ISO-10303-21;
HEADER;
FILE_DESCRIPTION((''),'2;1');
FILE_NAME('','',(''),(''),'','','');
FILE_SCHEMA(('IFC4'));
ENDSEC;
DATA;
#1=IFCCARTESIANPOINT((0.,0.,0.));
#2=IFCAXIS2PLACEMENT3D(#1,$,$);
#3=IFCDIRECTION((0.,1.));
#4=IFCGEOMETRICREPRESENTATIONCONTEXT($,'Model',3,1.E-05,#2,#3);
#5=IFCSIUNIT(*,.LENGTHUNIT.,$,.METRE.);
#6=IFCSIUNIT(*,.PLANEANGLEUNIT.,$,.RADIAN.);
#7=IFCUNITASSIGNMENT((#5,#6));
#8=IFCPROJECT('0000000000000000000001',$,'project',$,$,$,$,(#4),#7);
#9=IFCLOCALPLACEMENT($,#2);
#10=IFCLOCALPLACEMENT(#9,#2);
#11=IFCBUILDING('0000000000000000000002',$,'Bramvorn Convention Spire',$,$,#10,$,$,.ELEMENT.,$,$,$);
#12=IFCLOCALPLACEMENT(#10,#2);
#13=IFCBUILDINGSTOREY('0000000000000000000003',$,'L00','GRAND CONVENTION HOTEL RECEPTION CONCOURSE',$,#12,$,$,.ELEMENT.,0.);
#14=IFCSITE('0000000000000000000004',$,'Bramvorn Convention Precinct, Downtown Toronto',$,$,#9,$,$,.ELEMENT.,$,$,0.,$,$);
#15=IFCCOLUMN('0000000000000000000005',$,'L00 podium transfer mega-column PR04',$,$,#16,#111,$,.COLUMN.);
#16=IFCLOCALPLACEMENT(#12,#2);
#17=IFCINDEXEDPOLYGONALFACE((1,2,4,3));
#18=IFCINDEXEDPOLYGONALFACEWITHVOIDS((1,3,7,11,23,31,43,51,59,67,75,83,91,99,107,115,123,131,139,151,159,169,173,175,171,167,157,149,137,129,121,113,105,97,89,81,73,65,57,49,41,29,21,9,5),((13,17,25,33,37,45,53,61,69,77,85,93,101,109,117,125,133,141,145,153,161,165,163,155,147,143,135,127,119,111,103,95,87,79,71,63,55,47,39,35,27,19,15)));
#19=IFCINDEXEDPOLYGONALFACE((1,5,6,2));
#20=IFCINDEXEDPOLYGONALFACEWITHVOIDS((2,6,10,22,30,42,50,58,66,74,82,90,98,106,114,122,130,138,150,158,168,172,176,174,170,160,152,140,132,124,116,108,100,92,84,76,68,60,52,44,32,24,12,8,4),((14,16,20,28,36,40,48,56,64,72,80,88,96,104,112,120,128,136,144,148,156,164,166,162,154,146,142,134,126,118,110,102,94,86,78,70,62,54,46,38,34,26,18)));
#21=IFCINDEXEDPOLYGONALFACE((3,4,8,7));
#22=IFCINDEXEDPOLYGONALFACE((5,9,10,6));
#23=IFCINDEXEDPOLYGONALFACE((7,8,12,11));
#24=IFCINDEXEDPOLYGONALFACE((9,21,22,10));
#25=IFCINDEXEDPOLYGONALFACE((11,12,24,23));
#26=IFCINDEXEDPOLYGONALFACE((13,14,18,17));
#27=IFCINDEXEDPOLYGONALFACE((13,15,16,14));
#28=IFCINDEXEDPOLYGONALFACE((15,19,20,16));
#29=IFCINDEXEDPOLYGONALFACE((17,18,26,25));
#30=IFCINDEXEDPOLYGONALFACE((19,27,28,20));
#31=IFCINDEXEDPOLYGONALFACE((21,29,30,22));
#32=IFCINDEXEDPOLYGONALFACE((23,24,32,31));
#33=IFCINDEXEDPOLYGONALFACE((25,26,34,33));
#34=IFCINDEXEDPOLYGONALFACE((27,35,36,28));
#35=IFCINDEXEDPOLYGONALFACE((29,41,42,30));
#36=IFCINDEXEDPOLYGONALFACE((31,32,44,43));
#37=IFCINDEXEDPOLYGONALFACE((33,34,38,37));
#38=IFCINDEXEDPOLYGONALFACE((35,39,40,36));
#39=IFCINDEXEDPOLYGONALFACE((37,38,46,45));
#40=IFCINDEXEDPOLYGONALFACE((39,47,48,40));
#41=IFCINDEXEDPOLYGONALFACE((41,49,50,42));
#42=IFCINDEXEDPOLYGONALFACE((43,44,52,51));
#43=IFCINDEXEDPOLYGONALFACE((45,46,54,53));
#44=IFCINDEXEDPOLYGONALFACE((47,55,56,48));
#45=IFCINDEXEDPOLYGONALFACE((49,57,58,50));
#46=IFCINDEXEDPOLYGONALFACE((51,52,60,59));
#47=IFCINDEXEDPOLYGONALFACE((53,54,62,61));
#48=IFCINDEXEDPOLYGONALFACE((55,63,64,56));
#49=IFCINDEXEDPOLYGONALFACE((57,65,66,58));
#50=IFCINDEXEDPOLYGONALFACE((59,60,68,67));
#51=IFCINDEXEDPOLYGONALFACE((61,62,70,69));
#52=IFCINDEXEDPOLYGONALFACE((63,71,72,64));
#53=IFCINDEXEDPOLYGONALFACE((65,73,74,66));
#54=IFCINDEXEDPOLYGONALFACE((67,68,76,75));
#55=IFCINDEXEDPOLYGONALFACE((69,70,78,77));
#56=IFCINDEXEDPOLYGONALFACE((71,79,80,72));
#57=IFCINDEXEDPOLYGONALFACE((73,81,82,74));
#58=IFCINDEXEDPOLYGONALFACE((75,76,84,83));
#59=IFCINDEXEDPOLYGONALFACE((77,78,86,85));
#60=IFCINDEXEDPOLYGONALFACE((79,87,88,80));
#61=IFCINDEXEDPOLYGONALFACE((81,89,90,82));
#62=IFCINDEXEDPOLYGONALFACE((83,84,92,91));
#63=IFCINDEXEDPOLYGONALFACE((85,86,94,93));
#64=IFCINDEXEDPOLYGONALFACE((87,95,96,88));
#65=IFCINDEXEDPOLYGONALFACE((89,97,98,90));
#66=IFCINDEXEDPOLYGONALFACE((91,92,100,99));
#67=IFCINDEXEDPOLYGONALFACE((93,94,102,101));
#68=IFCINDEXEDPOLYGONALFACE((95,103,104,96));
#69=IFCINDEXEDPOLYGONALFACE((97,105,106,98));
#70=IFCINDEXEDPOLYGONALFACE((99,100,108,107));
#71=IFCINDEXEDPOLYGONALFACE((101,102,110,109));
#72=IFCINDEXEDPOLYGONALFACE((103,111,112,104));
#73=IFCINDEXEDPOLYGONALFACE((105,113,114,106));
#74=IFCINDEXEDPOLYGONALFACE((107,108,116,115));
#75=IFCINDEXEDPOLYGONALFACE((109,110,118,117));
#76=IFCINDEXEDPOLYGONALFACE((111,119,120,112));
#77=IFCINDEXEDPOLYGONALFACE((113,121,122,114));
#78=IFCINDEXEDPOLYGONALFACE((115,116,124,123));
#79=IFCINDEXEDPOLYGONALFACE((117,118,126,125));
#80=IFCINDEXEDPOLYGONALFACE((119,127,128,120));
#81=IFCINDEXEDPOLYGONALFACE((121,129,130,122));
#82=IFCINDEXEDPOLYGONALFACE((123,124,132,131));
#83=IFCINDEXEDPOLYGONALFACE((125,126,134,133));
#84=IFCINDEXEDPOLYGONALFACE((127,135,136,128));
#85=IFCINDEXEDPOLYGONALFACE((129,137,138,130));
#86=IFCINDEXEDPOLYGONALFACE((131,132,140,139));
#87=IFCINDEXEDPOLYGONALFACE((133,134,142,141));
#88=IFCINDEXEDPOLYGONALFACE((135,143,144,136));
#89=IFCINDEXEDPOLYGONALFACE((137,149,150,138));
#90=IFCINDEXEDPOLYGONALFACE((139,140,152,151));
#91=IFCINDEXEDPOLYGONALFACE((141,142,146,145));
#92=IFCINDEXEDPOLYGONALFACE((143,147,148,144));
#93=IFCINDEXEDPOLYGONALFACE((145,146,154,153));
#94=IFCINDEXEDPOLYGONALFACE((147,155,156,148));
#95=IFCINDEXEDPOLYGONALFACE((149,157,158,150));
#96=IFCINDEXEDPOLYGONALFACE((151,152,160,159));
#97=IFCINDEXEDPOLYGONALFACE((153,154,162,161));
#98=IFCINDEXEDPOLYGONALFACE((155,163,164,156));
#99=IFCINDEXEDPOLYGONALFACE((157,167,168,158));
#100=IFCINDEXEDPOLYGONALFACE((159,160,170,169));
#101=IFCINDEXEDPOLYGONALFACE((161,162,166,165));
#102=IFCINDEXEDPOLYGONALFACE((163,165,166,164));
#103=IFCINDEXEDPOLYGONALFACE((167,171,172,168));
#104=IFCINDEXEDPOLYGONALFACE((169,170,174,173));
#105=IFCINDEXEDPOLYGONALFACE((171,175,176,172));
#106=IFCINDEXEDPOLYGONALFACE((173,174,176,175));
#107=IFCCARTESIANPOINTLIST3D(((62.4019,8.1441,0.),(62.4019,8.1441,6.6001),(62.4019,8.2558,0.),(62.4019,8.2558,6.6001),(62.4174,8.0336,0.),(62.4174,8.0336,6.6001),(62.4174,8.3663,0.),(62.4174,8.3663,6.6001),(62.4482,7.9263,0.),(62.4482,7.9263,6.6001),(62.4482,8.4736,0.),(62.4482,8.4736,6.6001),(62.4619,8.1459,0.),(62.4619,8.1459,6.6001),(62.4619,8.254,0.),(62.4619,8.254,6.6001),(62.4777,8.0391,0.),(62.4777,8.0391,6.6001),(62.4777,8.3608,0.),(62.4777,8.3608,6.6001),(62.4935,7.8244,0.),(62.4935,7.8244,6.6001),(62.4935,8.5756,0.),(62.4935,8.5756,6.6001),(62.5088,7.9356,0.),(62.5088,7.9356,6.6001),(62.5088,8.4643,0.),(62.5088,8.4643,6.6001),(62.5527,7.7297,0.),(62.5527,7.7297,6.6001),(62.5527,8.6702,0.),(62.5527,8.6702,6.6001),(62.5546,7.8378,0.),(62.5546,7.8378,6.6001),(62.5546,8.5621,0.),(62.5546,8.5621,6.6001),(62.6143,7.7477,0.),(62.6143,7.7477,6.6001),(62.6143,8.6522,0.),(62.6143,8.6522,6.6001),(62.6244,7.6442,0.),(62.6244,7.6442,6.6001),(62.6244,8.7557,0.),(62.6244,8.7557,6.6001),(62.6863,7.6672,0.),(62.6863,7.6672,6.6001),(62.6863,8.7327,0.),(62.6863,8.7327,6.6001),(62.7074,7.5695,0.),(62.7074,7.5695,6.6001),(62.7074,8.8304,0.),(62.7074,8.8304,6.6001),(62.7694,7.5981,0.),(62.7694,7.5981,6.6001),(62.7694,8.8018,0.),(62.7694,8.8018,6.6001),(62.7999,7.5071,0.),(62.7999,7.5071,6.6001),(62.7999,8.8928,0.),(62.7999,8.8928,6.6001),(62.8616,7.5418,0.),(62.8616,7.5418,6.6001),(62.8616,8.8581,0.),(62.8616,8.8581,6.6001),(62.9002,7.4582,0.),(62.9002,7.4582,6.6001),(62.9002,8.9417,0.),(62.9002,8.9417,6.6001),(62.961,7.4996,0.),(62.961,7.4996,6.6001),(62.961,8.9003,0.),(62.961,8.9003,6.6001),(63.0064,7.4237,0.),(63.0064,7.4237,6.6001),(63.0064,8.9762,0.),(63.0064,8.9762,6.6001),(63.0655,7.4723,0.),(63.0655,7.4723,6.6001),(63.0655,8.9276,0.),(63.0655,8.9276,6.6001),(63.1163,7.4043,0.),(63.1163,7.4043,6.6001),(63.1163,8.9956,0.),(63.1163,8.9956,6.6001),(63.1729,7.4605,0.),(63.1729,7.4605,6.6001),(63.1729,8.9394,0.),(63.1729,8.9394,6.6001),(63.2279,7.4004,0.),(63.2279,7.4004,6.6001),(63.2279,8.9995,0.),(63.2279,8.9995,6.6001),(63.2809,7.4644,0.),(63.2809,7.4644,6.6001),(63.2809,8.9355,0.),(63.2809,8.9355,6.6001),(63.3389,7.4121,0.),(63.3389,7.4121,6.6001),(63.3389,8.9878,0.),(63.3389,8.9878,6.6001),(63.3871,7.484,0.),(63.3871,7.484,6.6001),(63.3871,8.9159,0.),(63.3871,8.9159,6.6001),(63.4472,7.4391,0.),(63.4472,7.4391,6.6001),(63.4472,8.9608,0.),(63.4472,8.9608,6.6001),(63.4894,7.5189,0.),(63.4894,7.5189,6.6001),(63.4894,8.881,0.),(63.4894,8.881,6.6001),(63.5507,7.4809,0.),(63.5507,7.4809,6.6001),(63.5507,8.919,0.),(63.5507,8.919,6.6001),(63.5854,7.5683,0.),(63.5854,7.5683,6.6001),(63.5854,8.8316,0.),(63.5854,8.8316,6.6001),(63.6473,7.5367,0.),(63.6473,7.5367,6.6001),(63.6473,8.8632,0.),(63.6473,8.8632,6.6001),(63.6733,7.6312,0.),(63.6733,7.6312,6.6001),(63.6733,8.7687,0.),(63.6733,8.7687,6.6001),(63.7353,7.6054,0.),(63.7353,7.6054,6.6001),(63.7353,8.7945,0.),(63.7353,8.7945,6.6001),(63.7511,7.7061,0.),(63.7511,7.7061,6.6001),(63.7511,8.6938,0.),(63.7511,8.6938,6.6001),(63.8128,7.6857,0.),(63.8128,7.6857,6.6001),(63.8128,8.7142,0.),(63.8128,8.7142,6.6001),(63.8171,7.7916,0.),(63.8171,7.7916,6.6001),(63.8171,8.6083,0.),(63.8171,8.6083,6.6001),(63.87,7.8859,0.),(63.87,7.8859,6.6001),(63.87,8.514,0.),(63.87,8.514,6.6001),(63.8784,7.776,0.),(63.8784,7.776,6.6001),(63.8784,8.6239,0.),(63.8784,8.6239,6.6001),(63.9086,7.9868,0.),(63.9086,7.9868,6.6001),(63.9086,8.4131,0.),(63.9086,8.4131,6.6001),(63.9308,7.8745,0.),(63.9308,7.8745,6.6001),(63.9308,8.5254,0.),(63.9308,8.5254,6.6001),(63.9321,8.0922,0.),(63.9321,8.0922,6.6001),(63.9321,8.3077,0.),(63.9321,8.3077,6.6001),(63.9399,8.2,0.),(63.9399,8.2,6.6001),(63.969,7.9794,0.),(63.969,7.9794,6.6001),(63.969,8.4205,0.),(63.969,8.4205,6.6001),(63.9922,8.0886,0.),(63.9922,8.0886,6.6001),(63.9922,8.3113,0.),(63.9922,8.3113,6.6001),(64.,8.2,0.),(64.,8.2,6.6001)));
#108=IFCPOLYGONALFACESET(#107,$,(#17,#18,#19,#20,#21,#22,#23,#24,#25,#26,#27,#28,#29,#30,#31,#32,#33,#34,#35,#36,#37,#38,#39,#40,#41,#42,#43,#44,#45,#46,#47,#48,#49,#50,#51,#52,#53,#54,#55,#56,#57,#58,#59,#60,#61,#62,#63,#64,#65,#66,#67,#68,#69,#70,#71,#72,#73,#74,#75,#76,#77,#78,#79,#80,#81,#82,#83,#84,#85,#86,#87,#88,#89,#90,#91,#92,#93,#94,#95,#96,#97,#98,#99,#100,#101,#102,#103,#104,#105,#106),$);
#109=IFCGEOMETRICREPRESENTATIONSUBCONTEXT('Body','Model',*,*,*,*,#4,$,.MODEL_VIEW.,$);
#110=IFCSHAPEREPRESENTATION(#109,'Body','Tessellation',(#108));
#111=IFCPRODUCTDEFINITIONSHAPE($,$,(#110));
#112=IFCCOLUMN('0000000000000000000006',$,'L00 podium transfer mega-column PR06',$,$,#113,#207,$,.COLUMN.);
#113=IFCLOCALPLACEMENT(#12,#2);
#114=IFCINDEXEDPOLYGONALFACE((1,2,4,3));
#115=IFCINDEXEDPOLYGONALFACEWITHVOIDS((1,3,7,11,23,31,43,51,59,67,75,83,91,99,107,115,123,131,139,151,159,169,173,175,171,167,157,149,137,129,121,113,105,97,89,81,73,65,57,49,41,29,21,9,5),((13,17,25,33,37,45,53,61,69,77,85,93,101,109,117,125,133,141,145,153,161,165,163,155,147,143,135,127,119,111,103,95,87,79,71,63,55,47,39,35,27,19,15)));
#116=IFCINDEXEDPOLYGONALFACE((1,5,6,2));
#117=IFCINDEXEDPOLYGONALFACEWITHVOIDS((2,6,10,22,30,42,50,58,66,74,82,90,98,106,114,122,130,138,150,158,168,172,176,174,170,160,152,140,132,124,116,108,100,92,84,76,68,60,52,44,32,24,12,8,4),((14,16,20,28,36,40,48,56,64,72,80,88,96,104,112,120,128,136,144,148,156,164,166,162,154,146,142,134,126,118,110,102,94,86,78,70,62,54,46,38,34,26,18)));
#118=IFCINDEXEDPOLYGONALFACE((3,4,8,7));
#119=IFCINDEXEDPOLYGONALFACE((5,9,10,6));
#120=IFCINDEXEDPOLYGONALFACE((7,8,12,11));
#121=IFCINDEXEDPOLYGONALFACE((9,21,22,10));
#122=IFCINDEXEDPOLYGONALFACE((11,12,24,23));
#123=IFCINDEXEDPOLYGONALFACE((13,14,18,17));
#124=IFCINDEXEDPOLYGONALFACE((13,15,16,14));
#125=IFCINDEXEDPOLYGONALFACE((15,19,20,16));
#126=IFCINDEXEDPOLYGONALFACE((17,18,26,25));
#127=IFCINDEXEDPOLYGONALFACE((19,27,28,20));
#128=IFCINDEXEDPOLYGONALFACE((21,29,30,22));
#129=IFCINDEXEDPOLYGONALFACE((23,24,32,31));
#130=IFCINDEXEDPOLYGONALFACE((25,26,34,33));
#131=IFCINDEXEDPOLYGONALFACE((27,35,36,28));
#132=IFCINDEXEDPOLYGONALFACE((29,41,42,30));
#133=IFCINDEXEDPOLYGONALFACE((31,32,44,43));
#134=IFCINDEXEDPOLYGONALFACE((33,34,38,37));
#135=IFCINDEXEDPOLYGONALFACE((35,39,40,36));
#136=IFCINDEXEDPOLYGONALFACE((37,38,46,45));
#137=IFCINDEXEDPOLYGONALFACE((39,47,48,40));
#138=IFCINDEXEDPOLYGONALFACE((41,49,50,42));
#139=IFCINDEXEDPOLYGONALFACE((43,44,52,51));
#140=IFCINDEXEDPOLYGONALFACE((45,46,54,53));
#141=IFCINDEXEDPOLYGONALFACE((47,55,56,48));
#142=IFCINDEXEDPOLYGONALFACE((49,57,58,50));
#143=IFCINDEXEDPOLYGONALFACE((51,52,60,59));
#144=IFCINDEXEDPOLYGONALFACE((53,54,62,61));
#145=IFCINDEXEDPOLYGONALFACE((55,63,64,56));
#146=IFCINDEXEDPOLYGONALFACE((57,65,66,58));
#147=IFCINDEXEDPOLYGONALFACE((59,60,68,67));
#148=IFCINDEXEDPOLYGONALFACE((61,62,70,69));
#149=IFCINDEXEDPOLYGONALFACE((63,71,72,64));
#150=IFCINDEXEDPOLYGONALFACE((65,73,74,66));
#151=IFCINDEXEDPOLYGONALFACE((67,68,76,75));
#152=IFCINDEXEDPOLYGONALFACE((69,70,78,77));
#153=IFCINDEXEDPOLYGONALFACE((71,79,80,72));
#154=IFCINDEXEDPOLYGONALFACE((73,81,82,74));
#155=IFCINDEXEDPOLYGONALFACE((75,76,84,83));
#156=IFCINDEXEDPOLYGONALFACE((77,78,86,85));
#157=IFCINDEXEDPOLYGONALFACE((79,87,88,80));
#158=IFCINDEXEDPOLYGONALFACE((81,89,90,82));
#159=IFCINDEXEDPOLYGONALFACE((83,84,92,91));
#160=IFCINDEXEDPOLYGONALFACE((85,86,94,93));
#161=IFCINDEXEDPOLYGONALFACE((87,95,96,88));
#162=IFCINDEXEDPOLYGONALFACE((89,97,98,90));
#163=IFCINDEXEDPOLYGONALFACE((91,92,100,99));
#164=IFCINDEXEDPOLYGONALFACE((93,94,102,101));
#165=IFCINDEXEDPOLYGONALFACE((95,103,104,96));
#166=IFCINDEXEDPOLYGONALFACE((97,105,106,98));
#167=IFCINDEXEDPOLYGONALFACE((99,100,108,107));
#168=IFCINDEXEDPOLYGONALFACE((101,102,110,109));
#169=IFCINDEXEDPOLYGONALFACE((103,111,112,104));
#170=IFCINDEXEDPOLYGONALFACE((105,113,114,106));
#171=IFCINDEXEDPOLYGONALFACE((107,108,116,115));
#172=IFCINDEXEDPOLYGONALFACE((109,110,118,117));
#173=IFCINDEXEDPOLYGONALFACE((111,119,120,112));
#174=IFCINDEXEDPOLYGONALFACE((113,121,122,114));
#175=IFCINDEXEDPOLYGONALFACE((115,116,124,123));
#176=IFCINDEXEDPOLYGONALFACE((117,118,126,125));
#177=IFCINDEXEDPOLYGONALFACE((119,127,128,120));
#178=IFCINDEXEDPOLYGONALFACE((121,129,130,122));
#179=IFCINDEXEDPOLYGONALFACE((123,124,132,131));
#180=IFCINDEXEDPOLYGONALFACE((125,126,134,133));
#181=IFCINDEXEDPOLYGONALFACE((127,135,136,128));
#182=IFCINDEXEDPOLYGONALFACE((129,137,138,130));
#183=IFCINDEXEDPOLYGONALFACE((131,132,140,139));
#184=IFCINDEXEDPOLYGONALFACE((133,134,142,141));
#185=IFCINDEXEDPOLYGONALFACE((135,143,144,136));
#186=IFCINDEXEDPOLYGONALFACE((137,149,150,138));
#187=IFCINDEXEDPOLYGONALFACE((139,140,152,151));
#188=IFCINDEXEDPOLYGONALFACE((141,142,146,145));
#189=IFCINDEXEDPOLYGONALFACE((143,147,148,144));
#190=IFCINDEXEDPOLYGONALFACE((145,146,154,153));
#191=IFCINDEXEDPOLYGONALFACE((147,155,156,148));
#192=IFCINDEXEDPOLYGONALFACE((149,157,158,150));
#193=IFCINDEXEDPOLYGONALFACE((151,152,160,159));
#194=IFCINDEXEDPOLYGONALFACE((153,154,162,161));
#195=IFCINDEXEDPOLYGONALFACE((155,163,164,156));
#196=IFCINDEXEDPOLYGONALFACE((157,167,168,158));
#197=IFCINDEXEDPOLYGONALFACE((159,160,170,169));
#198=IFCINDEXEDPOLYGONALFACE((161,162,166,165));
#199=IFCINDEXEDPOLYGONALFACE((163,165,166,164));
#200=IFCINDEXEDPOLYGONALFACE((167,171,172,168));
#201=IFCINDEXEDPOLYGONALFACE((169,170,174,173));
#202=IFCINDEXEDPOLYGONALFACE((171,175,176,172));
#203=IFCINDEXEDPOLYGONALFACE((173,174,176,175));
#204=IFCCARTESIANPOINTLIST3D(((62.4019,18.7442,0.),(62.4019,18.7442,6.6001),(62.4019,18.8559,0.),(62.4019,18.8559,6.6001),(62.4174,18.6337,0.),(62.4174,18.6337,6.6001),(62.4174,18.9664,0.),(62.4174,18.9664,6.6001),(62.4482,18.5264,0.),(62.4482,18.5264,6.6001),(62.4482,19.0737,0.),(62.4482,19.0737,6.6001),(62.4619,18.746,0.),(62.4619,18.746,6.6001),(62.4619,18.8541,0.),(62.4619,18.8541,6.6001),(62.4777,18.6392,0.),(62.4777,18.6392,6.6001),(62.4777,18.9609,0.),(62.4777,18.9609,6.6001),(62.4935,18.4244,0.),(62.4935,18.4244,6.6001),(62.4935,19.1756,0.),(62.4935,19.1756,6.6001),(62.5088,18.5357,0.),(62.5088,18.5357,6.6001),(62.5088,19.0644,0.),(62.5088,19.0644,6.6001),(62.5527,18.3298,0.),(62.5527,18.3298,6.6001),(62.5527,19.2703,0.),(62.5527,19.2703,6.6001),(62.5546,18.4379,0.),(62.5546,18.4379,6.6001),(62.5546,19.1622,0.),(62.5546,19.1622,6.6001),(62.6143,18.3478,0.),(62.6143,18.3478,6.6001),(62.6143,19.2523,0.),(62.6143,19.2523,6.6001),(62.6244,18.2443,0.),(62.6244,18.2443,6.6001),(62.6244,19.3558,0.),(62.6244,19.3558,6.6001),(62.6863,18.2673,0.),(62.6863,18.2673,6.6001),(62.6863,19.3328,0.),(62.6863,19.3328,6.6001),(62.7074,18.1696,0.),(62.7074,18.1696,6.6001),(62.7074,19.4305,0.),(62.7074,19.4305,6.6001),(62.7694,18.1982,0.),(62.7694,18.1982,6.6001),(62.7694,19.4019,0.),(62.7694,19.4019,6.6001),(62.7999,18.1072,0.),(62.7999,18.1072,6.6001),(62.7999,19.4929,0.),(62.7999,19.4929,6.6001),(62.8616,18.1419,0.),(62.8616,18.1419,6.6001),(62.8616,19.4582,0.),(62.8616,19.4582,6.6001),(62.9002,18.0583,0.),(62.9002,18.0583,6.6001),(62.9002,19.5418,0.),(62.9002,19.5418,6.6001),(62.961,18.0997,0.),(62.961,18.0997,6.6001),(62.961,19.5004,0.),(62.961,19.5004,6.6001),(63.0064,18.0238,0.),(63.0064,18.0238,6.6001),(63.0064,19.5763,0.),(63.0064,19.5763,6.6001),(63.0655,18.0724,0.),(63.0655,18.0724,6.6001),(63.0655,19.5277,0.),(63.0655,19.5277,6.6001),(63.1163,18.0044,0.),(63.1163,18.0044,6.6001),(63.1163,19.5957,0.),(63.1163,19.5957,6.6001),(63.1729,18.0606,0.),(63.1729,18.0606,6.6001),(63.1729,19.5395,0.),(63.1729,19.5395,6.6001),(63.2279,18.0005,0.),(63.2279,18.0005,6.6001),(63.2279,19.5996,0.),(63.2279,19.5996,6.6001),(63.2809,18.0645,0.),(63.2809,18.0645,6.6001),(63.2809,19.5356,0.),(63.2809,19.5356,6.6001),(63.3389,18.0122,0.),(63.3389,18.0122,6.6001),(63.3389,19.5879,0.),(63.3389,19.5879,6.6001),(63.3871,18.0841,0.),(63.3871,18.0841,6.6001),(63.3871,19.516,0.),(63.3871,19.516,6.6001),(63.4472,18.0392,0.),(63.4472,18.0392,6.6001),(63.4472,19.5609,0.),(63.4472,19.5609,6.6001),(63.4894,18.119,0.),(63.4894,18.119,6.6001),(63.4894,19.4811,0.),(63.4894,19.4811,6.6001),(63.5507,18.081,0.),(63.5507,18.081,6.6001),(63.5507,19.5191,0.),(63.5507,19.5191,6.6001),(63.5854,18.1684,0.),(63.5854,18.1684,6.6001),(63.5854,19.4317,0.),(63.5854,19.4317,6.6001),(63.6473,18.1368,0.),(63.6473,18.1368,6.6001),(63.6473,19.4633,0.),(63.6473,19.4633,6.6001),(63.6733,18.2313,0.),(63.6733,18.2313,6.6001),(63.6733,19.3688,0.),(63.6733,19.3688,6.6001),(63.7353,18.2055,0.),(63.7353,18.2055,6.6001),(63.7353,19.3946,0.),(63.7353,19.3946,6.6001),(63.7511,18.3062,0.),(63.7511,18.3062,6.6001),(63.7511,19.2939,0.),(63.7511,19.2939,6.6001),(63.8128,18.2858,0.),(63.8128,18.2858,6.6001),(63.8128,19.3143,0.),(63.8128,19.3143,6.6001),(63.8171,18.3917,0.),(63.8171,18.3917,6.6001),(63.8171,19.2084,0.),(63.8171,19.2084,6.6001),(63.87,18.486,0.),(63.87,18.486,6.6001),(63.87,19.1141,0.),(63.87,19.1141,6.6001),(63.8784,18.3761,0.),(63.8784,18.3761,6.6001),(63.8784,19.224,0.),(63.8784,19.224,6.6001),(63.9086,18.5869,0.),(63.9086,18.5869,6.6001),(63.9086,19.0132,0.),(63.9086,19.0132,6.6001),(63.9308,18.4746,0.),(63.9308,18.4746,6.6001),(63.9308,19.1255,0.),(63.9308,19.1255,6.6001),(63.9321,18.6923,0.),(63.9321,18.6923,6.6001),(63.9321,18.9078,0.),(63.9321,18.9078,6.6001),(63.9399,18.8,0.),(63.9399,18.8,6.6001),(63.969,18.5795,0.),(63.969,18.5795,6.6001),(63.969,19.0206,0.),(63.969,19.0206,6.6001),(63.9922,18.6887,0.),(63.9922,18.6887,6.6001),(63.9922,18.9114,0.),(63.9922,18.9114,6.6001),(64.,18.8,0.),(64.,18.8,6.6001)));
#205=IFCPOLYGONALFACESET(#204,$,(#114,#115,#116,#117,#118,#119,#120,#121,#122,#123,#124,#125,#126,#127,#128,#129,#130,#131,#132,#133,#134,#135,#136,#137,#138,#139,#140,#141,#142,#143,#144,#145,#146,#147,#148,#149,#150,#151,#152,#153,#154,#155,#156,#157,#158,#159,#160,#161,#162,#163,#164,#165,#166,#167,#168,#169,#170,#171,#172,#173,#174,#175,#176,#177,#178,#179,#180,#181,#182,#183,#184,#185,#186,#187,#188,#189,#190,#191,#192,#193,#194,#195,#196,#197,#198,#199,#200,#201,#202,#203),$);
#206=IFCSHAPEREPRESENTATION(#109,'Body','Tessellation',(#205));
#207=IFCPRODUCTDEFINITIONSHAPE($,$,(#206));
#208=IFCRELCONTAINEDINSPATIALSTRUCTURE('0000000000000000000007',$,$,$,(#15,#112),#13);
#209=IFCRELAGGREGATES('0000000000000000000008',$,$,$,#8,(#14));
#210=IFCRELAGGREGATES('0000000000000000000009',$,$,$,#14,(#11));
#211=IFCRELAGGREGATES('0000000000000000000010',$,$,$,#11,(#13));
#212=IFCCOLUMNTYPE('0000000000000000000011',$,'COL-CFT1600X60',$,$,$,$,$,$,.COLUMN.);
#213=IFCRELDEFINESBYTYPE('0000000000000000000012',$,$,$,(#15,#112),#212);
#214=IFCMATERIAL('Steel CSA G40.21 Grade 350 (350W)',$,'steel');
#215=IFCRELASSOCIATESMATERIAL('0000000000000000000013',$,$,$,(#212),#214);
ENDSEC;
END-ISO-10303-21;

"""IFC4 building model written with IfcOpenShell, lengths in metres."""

from ifc_helpers import new_model, si_unit, direction, frame, origin, origin_2d, place, context, subcontext, project, spatial, hollow_circle, extrude, material, material_profile, profile_set, type_object, element, save


model = new_model("IFC4")

# Units and contexts
model_context = context("Model", 3, precision=1e-05, world=origin(), true_north=direction((0.0, 1.0)))
body_context = subcontext(model_context, "Body", "Model", "MODEL_VIEW")
ifc_project = project(units=[si_unit("LENGTHUNIT", "METRE"), si_unit("PLANEANGLEUNIT", "RADIAN")], contexts=[model_context])

# Site, building, storey
site_placement = place(None, origin())
site = spatial("IfcSite", under=ifc_project, at=site_placement, Name="Bramvorn Convention Precinct, Downtown Toronto", CompositionType="ELEMENT", RefElevation=0.0)
building_placement = place(site_placement, origin())
building = spatial("IfcBuilding", under=site, at=building_placement, Name="Bramvorn Convention Spire", CompositionType="ELEMENT")
storey_placement = place(building_placement, origin())
storey = spatial("IfcBuildingStorey", under=building, at=storey_placement, Name="L00", Description="GRAND CONVENTION HOTEL RECEPTION CONCOURSE", CompositionType="ELEMENT", Elevation=0.0)

# Columns
ifc_material_1 = material(Name="Steel CSA G40.21 Grade 350 (350W)", Category="steel")
ifc_material_profile_1 = material_profile(ifc_material_1, hollow_circle(Radius=0.8, WallThickness=0.0601, at=origin_2d()))
ifc_profile_set_1 = profile_set([ifc_material_profile_1], Name="Steel CSA G40.21 Grade 350 (350W) - CFT1600X60")
column_type_1 = type_object("IfcColumnType", Name="COL-CFT1600X60", PredefinedType="COLUMN", material=ifc_profile_set_1)
for number, where, z_axis, x_axis, name in (
    (1, (63.2, 8.2, 0.0), (0.0, 0.0, 1.0), (1.0, 0.0, 0.0), "L00 podium transfer mega-column PR04"),
    (2, (63.2, 18.8, 0.0), (0.0, 0.0, 1.0), (1.0, 0.0, 0.0), "L00 podium transfer mega-column PR06"),
):
    element("IfcColumn", number, at=place(storey_placement, frame(where, z_axis=z_axis, x_axis=x_axis)), inside=storey, type_object=column_type_1, Name=name, PredefinedType="COLUMN", context=body_context, shape_type="SweptSolid", body=[
        extrude(hollow_circle(Radius=0.8, WallThickness=0.0601, at=origin_2d()), origin(), (0.0, 0.0, 1.0), 6.6001),
    ])

save(model, "model.ifc")
